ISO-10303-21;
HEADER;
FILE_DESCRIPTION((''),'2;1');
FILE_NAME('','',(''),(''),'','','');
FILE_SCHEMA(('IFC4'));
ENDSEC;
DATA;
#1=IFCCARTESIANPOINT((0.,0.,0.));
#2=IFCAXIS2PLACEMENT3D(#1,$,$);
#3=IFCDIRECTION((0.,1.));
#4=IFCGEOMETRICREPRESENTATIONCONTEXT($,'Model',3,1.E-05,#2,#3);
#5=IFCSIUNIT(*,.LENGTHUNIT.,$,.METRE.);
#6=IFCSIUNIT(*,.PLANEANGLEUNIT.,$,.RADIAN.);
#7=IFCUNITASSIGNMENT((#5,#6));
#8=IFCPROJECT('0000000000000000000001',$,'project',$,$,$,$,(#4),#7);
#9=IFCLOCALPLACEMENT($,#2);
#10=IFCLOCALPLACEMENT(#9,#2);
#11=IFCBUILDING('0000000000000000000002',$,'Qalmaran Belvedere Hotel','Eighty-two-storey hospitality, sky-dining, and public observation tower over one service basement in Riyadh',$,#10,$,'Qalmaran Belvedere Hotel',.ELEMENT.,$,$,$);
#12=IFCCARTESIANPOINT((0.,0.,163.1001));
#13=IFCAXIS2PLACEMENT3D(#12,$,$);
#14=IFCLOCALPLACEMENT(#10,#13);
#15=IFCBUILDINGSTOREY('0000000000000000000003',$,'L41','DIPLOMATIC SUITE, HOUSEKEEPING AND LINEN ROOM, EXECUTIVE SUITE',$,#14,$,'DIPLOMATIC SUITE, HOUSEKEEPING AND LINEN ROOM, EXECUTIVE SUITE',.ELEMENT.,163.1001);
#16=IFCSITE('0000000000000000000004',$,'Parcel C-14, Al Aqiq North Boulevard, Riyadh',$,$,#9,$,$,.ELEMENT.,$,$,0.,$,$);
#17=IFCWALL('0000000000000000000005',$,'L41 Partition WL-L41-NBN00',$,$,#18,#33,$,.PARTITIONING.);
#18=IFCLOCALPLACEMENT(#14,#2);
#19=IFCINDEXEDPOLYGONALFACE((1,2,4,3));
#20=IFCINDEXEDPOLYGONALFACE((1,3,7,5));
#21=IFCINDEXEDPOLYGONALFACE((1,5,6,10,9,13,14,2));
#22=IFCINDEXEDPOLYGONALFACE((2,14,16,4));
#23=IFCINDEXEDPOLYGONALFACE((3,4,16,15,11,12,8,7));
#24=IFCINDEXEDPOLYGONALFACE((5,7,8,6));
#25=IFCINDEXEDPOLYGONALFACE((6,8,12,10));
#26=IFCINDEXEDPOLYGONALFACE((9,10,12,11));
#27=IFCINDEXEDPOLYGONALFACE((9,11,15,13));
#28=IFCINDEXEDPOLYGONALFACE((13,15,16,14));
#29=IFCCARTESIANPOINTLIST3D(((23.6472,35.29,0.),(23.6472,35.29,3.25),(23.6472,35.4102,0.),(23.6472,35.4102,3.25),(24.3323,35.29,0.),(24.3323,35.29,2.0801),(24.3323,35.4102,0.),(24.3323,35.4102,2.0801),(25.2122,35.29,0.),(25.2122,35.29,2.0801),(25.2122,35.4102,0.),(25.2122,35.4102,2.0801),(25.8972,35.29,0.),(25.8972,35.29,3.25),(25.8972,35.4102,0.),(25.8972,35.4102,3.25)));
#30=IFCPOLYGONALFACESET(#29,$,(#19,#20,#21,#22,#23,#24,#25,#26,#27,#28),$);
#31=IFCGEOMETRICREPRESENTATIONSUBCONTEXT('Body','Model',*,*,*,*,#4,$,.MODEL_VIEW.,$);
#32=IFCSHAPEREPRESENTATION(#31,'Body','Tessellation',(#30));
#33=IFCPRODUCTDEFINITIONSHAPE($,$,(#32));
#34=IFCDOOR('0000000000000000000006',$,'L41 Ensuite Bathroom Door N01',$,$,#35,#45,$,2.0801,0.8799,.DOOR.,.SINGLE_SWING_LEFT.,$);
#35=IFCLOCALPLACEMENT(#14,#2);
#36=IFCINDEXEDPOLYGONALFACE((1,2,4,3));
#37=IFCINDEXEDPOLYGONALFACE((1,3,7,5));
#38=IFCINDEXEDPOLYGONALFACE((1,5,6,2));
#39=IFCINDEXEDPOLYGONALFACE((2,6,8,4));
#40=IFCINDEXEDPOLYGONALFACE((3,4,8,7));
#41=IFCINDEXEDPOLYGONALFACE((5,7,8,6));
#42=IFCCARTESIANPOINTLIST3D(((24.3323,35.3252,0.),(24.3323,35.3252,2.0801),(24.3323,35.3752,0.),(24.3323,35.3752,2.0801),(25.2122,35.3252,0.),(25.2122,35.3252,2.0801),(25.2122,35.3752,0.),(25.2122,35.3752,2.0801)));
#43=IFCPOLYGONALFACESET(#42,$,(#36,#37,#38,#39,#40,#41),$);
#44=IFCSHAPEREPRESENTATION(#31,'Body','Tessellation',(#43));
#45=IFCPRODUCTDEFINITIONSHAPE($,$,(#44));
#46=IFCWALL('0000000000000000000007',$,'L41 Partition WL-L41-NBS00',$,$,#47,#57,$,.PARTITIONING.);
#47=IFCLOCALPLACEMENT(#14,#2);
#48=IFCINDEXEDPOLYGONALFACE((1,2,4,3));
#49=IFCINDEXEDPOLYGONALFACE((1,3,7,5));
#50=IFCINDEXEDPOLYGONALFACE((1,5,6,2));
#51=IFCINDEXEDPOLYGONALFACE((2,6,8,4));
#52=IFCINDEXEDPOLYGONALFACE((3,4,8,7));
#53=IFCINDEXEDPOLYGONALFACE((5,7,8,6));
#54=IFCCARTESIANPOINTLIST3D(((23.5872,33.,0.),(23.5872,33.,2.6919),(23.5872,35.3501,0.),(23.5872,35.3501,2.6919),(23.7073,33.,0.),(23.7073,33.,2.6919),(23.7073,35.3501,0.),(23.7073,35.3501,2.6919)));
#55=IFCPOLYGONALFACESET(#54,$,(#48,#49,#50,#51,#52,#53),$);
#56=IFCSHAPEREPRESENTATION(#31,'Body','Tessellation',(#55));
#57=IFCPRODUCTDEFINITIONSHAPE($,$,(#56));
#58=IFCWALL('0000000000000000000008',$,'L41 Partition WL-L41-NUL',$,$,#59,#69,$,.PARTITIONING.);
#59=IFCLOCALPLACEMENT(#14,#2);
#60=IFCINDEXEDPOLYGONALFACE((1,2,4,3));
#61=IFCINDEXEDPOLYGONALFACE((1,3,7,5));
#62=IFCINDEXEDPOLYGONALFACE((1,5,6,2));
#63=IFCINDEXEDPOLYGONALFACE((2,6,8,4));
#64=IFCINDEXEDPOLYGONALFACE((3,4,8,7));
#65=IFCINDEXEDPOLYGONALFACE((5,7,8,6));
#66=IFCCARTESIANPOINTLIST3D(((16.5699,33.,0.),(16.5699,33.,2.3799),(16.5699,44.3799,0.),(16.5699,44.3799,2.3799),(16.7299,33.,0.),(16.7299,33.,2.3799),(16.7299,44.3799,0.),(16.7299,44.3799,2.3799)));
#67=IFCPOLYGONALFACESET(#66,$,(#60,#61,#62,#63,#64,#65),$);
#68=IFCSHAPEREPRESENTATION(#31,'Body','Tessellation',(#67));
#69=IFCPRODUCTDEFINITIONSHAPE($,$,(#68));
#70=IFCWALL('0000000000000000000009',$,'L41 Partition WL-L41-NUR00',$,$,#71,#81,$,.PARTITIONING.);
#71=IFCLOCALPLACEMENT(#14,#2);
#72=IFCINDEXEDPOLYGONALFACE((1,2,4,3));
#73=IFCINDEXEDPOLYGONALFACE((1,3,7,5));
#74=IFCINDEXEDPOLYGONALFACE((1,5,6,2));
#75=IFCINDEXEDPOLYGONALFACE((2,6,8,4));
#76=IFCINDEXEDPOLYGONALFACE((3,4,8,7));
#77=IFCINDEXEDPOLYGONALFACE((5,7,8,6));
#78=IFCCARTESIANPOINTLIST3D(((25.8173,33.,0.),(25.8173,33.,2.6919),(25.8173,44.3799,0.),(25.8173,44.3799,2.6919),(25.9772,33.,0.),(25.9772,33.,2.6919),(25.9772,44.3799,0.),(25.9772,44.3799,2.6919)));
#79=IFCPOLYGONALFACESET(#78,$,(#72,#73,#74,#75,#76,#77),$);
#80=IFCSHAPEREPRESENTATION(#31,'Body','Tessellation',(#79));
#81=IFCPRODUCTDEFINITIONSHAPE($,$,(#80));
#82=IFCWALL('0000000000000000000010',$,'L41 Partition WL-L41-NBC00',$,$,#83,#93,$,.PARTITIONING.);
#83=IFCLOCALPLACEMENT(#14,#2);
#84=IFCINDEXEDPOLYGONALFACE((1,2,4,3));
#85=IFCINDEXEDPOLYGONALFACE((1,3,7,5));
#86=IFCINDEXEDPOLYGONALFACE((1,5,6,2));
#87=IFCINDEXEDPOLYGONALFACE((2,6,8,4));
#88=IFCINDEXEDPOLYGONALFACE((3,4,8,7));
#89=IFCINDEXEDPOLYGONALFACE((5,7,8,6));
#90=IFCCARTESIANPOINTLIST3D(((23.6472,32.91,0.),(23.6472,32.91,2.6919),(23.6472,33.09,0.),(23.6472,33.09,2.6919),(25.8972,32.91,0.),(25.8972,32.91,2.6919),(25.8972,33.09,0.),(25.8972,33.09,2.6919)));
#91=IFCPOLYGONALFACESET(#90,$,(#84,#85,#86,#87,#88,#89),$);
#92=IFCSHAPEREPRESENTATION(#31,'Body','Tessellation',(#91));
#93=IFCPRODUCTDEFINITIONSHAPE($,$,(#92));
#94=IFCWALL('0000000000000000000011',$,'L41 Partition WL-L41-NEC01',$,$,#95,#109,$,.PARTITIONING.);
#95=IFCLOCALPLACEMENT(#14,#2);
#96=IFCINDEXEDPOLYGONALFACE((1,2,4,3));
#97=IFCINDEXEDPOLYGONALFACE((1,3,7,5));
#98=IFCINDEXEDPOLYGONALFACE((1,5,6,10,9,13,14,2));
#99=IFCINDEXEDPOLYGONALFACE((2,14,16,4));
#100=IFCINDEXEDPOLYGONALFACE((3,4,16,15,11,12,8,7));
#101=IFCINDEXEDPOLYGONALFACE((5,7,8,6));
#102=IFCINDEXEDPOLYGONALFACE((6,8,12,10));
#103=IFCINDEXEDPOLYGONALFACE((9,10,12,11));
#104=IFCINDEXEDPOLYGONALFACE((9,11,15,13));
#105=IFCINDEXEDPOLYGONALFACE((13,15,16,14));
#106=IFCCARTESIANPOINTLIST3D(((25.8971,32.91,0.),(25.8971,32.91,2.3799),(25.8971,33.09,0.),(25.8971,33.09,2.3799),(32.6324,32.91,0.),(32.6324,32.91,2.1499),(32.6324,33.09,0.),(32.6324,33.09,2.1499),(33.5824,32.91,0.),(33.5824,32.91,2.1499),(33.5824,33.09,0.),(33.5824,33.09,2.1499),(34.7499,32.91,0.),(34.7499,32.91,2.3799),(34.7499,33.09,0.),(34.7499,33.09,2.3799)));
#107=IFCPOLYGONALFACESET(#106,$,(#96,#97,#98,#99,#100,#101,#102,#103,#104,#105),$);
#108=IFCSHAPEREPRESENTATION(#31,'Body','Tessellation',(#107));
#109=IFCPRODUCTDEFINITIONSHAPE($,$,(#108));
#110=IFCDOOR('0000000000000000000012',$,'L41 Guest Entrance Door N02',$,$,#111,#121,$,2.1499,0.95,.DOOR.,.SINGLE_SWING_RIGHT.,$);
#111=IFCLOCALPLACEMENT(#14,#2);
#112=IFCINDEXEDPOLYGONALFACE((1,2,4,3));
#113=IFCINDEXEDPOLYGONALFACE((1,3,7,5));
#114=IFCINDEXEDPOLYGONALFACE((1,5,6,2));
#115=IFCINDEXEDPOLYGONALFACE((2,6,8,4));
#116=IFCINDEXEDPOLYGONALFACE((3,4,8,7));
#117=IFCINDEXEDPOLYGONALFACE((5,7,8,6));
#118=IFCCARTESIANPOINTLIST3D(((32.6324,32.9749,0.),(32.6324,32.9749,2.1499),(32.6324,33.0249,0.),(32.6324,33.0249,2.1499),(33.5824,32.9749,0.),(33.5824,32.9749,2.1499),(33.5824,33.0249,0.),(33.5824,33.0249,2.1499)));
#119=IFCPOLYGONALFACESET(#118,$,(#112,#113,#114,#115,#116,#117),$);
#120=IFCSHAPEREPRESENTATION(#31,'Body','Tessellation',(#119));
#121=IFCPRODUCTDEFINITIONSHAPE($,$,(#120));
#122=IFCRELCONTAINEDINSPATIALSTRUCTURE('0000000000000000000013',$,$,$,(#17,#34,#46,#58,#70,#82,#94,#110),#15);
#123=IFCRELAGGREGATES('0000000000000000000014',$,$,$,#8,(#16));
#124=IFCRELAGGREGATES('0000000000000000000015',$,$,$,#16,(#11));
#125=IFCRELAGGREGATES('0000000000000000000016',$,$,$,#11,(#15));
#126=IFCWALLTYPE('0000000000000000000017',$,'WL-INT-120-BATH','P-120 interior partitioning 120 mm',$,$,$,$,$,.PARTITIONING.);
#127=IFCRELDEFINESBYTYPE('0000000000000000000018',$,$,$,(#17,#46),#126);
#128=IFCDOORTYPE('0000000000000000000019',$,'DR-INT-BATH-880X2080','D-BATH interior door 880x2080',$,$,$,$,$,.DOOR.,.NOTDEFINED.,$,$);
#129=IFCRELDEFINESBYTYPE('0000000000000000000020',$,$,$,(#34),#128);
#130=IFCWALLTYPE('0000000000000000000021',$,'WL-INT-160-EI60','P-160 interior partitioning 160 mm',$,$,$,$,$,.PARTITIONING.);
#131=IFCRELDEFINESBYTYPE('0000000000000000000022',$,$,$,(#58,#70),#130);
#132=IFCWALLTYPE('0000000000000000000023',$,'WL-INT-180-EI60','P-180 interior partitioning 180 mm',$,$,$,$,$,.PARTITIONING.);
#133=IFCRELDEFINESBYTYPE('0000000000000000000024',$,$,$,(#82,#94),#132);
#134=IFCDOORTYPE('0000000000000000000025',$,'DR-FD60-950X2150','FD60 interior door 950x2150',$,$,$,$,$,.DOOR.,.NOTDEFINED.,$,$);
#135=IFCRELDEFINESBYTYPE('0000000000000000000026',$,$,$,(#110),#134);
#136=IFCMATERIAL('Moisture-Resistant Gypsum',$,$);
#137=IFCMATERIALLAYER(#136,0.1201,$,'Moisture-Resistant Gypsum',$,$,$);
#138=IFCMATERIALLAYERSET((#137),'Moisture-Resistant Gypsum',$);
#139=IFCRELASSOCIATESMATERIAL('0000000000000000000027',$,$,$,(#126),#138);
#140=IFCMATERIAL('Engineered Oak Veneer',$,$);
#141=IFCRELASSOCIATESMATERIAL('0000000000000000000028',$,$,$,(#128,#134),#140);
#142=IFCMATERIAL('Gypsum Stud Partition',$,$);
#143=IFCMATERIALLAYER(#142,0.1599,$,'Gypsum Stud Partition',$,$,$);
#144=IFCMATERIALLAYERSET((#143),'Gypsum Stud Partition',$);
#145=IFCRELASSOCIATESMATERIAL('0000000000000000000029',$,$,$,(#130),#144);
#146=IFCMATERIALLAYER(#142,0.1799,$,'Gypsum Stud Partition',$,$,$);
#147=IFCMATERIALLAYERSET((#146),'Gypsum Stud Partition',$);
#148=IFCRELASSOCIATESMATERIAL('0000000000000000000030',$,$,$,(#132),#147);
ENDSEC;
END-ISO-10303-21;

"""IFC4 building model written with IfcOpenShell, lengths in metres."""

from ifc_helpers import new_model, si_unit, direction, frame, frame_2d, origin, place, context, subcontext, project, spatial, rectangle, extrude, material, layer, layer_set, type_object, element, fill, save


model = new_model("IFC4")

# Units and contexts
model_context = context("Model", 3, precision=1e-05, world=origin(), true_north=direction((0.0, 1.0)))
body_context = subcontext(model_context, "Body", "Model", "MODEL_VIEW")
ifc_project = project(units=[si_unit("LENGTHUNIT", "METRE"), si_unit("PLANEANGLEUNIT", "RADIAN")], contexts=[model_context])

# Site, building, storey
site_placement = place(None, origin())
site = spatial("IfcSite", under=ifc_project, at=site_placement, Name="Parcel C-14, Al Aqiq North Boulevard, Riyadh", CompositionType="ELEMENT", RefElevation=0.0)
building_placement = place(site_placement, origin())
building = spatial("IfcBuilding", under=site, at=building_placement, Name="Qalmaran Belvedere Hotel", Description="Eighty-two-storey hospitality, sky-dining, and public observation tower over one service basement in Riyadh", LongName="Qalmaran Belvedere Hotel", CompositionType="ELEMENT")
storey_placement = place(building_placement, frame((0.0, 0.0, 163.1001)))
storey = spatial("IfcBuildingStorey", under=building, at=storey_placement, Name="L41", Description="DIPLOMATIC SUITE, HOUSEKEEPING AND LINEN ROOM, EXECUTIVE SUITE", LongName="DIPLOMATIC SUITE, HOUSEKEEPING AND LINEN ROOM, EXECUTIVE SUITE", CompositionType="ELEMENT", Elevation=163.1001)

# Wall, opening, door
ifc_material_1 = material(Name="Moisture-Resistant Gypsum")
ifc_layer_1 = layer(ifc_material_1, 0.1201, Name="Moisture-Resistant Gypsum")
ifc_layer_set_1 = layer_set([ifc_layer_1], Name="Moisture-Resistant Gypsum")
wall_type_1 = type_object("IfcWallType", Name="WL-INT-120-BATH", Description="P-120 interior partitioning 120 mm", PredefinedType="PARTITIONING", material=ifc_layer_set_1)
wall_1_placement = place(storey_placement, frame((23.6472, 35.3501, 0.0), z_axis=(0.0, 0.0, 1.0), x_axis=(1.0, 0.0, 0.0)))
wall_1 = element("IfcWall", 1, at=wall_1_placement, inside=storey, type_object=wall_type_1, Name="L41 Partition WL-L41-NBN00", PredefinedType="PARTITIONING", context=body_context, shape_type="SweptSolid", body=[
    extrude(rectangle(XDim=2.25, YDim=0.1201, at=frame_2d((1.125, 0.0))), origin(), (0.0, 0.0, 1.0), 3.25),
])
opening_1_placement = place(wall_1_placement, frame((1.5649, 0.0, 0.0), z_axis=(0.0, 0.0, 1.0), x_axis=(-1.0, 0.0, 0.0)))
opening_1 = element("IfcOpeningElement", 2, at=opening_1_placement, cuts=wall_1, PredefinedType="OPENING", context=body_context, shape_type="SweptSolid", body=[
    extrude(rectangle(XDim=0.8799, YDim=2.0801, at=frame_2d((0.4399, 1.04))), frame((0.0, 0.0701, 0.0), z_axis=(0.0, -1.0, 0.0), x_axis=(1.0, 0.0, 0.0)), (0.0, 0.0, 1.0), 0.1401),
])
ifc_material_2 = material(Name="Engineered Oak Veneer")
door_type_1 = type_object("IfcDoorType", Name="DR-INT-BATH-880X2080", Description="D-BATH interior door 880x2080", OperationType="NOTDEFINED", PredefinedType="DOOR", material=ifc_material_2)
door_1_placement = place(opening_1_placement, origin())
door_1 = element("IfcDoor", 3, at=door_1_placement, inside=storey, type_object=door_type_1, Name="L41 Ensuite Bathroom Door N01", OperationType="SINGLE_SWING_LEFT", OverallHeight=2.0801, OverallWidth=0.8799, PredefinedType="DOOR", context=body_context, shape_type="SweptSolid", body=[
    extrude(rectangle(XDim=0.8799, YDim=2.0801, at=frame_2d((0.4399, 1.04))), frame((0.0, 0.0249, 0.0), z_axis=(0.0, -1.0, 0.0), x_axis=(1.0, 0.0, 0.0)), (0.0, 0.0, 1.0), 0.05),
])
fill(opening_1, door_1)

# Walls
wall_2_placement = place(storey_placement, frame((23.6472, 33.0, 0.0), z_axis=(0.0, 0.0, 1.0), x_axis=(0.0, 1.0, 0.0)))
element("IfcWall", 4, at=wall_2_placement, inside=storey, type_object=wall_type_1, Name="L41 Partition WL-L41-NBS00", PredefinedType="PARTITIONING", context=body_context, shape_type="SweptSolid", body=[
    extrude(rectangle(XDim=2.3501, YDim=0.1201, at=frame_2d((1.175, 0.0))), origin(), (0.0, 0.0, 1.0), 2.6919),
])
ifc_material_3 = material(Name="Gypsum Stud Partition")
ifc_layer_2 = layer(ifc_material_3, 0.1599, Name="Gypsum Stud Partition")
ifc_layer_set_2 = layer_set([ifc_layer_2], Name="Gypsum Stud Partition")
wall_type_2 = type_object("IfcWallType", Name="WL-INT-160-EI60", Description="P-160 interior partitioning 160 mm", PredefinedType="PARTITIONING", material=ifc_layer_set_2)
wall_3_placement = place(storey_placement, frame((16.6499, 33.0, 0.0), z_axis=(0.0, 0.0, 1.0), x_axis=(0.0, 1.0, 0.0)))
element("IfcWall", 5, at=wall_3_placement, inside=storey, type_object=wall_type_2, Name="L41 Partition WL-L41-NUL", PredefinedType="PARTITIONING", context=body_context, shape_type="SweptSolid", body=[
    extrude(rectangle(XDim=11.3799, YDim=0.1599, at=frame_2d((5.6899, 0.0))), origin(), (0.0, 0.0, 1.0), 2.3799),
])
wall_4_placement = place(storey_placement, frame((25.8972, 33.0, 0.0), z_axis=(0.0, 0.0, 1.0), x_axis=(0.0, 1.0, 0.0)))
element("IfcWall", 6, at=wall_4_placement, inside=storey, type_object=wall_type_2, Name="L41 Partition WL-L41-NUR00", PredefinedType="PARTITIONING", context=body_context, shape_type="SweptSolid", body=[
    extrude(rectangle(XDim=11.3799, YDim=0.1599, at=frame_2d((5.6899, 0.0))), origin(), (0.0, 0.0, 1.0), 2.6919),
])
ifc_layer_3 = layer(ifc_material_3, 0.1799, Name="Gypsum Stud Partition")
ifc_layer_set_3 = layer_set([ifc_layer_3], Name="Gypsum Stud Partition")
wall_type_3 = type_object("IfcWallType", Name="WL-INT-180-EI60", Description="P-180 interior partitioning 180 mm", PredefinedType="PARTITIONING", material=ifc_layer_set_3)
wall_5_placement = place(storey_placement, frame((23.6472, 33.0, 0.0), z_axis=(0.0, 0.0, 1.0), x_axis=(1.0, 0.0, 0.0)))
element("IfcWall", 7, at=wall_5_placement, inside=storey, type_object=wall_type_3, Name="L41 Partition WL-L41-NBC00", PredefinedType="PARTITIONING", context=body_context, shape_type="SweptSolid", body=[
    extrude(rectangle(XDim=2.25, YDim=0.1799, at=frame_2d((1.125, 0.0))), origin(), (0.0, 0.0, 1.0), 2.6919),
])

# Wall, opening, door
wall_6_placement = place(storey_placement, frame((25.8972, 33.0, 0.0), z_axis=(0.0, 0.0, 1.0), x_axis=(1.0, 0.0, 0.0)))
wall_6 = element("IfcWall", 8, at=wall_6_placement, inside=storey, type_object=wall_type_3, Name="L41 Partition WL-L41-NEC01", PredefinedType="PARTITIONING", context=body_context, shape_type="SweptSolid", body=[
    extrude(rectangle(XDim=8.8528, YDim=0.1799, at=frame_2d((4.4263, 0.0))), origin(), (0.0, 0.0, 1.0), 2.3799),
])
opening_2_placement = place(wall_6_placement, frame((6.7351, 0.0, 0.0)))
opening_2 = element("IfcOpeningElement", 9, at=opening_2_placement, cuts=wall_6, PredefinedType="OPENING", context=body_context, shape_type="SweptSolid", body=[
    extrude(rectangle(XDim=0.95, YDim=2.1499, at=frame_2d((0.4751, 1.075))), frame((0.0, 0.1001, 0.0), z_axis=(0.0, -1.0, 0.0), x_axis=(1.0, 0.0, 0.0)), (0.0, 0.0, 1.0), 0.2),
])
door_type_2 = type_object("IfcDoorType", Name="DR-FD60-950X2150", Description="FD60 interior door 950x2150", OperationType="NOTDEFINED", PredefinedType="DOOR", material=ifc_material_2)
door_2_placement = place(opening_2_placement, origin())
door_2 = element("IfcDoor", 10, at=door_2_placement, inside=storey, type_object=door_type_2, Name="L41 Guest Entrance Door N02", OperationType="SINGLE_SWING_RIGHT", OverallHeight=2.1499, OverallWidth=0.95, PredefinedType="DOOR", context=body_context, shape_type="SweptSolid", body=[
    extrude(rectangle(XDim=0.95, YDim=2.1499, at=frame_2d((0.4751, 1.075))), frame((0.0, 0.0249, 0.0), z_axis=(0.0, -1.0, 0.0), x_axis=(1.0, 0.0, 0.0)), (0.0, 0.0, 1.0), 0.05),
])
fill(opening_2, door_2)

save(model, "model.ifc")
